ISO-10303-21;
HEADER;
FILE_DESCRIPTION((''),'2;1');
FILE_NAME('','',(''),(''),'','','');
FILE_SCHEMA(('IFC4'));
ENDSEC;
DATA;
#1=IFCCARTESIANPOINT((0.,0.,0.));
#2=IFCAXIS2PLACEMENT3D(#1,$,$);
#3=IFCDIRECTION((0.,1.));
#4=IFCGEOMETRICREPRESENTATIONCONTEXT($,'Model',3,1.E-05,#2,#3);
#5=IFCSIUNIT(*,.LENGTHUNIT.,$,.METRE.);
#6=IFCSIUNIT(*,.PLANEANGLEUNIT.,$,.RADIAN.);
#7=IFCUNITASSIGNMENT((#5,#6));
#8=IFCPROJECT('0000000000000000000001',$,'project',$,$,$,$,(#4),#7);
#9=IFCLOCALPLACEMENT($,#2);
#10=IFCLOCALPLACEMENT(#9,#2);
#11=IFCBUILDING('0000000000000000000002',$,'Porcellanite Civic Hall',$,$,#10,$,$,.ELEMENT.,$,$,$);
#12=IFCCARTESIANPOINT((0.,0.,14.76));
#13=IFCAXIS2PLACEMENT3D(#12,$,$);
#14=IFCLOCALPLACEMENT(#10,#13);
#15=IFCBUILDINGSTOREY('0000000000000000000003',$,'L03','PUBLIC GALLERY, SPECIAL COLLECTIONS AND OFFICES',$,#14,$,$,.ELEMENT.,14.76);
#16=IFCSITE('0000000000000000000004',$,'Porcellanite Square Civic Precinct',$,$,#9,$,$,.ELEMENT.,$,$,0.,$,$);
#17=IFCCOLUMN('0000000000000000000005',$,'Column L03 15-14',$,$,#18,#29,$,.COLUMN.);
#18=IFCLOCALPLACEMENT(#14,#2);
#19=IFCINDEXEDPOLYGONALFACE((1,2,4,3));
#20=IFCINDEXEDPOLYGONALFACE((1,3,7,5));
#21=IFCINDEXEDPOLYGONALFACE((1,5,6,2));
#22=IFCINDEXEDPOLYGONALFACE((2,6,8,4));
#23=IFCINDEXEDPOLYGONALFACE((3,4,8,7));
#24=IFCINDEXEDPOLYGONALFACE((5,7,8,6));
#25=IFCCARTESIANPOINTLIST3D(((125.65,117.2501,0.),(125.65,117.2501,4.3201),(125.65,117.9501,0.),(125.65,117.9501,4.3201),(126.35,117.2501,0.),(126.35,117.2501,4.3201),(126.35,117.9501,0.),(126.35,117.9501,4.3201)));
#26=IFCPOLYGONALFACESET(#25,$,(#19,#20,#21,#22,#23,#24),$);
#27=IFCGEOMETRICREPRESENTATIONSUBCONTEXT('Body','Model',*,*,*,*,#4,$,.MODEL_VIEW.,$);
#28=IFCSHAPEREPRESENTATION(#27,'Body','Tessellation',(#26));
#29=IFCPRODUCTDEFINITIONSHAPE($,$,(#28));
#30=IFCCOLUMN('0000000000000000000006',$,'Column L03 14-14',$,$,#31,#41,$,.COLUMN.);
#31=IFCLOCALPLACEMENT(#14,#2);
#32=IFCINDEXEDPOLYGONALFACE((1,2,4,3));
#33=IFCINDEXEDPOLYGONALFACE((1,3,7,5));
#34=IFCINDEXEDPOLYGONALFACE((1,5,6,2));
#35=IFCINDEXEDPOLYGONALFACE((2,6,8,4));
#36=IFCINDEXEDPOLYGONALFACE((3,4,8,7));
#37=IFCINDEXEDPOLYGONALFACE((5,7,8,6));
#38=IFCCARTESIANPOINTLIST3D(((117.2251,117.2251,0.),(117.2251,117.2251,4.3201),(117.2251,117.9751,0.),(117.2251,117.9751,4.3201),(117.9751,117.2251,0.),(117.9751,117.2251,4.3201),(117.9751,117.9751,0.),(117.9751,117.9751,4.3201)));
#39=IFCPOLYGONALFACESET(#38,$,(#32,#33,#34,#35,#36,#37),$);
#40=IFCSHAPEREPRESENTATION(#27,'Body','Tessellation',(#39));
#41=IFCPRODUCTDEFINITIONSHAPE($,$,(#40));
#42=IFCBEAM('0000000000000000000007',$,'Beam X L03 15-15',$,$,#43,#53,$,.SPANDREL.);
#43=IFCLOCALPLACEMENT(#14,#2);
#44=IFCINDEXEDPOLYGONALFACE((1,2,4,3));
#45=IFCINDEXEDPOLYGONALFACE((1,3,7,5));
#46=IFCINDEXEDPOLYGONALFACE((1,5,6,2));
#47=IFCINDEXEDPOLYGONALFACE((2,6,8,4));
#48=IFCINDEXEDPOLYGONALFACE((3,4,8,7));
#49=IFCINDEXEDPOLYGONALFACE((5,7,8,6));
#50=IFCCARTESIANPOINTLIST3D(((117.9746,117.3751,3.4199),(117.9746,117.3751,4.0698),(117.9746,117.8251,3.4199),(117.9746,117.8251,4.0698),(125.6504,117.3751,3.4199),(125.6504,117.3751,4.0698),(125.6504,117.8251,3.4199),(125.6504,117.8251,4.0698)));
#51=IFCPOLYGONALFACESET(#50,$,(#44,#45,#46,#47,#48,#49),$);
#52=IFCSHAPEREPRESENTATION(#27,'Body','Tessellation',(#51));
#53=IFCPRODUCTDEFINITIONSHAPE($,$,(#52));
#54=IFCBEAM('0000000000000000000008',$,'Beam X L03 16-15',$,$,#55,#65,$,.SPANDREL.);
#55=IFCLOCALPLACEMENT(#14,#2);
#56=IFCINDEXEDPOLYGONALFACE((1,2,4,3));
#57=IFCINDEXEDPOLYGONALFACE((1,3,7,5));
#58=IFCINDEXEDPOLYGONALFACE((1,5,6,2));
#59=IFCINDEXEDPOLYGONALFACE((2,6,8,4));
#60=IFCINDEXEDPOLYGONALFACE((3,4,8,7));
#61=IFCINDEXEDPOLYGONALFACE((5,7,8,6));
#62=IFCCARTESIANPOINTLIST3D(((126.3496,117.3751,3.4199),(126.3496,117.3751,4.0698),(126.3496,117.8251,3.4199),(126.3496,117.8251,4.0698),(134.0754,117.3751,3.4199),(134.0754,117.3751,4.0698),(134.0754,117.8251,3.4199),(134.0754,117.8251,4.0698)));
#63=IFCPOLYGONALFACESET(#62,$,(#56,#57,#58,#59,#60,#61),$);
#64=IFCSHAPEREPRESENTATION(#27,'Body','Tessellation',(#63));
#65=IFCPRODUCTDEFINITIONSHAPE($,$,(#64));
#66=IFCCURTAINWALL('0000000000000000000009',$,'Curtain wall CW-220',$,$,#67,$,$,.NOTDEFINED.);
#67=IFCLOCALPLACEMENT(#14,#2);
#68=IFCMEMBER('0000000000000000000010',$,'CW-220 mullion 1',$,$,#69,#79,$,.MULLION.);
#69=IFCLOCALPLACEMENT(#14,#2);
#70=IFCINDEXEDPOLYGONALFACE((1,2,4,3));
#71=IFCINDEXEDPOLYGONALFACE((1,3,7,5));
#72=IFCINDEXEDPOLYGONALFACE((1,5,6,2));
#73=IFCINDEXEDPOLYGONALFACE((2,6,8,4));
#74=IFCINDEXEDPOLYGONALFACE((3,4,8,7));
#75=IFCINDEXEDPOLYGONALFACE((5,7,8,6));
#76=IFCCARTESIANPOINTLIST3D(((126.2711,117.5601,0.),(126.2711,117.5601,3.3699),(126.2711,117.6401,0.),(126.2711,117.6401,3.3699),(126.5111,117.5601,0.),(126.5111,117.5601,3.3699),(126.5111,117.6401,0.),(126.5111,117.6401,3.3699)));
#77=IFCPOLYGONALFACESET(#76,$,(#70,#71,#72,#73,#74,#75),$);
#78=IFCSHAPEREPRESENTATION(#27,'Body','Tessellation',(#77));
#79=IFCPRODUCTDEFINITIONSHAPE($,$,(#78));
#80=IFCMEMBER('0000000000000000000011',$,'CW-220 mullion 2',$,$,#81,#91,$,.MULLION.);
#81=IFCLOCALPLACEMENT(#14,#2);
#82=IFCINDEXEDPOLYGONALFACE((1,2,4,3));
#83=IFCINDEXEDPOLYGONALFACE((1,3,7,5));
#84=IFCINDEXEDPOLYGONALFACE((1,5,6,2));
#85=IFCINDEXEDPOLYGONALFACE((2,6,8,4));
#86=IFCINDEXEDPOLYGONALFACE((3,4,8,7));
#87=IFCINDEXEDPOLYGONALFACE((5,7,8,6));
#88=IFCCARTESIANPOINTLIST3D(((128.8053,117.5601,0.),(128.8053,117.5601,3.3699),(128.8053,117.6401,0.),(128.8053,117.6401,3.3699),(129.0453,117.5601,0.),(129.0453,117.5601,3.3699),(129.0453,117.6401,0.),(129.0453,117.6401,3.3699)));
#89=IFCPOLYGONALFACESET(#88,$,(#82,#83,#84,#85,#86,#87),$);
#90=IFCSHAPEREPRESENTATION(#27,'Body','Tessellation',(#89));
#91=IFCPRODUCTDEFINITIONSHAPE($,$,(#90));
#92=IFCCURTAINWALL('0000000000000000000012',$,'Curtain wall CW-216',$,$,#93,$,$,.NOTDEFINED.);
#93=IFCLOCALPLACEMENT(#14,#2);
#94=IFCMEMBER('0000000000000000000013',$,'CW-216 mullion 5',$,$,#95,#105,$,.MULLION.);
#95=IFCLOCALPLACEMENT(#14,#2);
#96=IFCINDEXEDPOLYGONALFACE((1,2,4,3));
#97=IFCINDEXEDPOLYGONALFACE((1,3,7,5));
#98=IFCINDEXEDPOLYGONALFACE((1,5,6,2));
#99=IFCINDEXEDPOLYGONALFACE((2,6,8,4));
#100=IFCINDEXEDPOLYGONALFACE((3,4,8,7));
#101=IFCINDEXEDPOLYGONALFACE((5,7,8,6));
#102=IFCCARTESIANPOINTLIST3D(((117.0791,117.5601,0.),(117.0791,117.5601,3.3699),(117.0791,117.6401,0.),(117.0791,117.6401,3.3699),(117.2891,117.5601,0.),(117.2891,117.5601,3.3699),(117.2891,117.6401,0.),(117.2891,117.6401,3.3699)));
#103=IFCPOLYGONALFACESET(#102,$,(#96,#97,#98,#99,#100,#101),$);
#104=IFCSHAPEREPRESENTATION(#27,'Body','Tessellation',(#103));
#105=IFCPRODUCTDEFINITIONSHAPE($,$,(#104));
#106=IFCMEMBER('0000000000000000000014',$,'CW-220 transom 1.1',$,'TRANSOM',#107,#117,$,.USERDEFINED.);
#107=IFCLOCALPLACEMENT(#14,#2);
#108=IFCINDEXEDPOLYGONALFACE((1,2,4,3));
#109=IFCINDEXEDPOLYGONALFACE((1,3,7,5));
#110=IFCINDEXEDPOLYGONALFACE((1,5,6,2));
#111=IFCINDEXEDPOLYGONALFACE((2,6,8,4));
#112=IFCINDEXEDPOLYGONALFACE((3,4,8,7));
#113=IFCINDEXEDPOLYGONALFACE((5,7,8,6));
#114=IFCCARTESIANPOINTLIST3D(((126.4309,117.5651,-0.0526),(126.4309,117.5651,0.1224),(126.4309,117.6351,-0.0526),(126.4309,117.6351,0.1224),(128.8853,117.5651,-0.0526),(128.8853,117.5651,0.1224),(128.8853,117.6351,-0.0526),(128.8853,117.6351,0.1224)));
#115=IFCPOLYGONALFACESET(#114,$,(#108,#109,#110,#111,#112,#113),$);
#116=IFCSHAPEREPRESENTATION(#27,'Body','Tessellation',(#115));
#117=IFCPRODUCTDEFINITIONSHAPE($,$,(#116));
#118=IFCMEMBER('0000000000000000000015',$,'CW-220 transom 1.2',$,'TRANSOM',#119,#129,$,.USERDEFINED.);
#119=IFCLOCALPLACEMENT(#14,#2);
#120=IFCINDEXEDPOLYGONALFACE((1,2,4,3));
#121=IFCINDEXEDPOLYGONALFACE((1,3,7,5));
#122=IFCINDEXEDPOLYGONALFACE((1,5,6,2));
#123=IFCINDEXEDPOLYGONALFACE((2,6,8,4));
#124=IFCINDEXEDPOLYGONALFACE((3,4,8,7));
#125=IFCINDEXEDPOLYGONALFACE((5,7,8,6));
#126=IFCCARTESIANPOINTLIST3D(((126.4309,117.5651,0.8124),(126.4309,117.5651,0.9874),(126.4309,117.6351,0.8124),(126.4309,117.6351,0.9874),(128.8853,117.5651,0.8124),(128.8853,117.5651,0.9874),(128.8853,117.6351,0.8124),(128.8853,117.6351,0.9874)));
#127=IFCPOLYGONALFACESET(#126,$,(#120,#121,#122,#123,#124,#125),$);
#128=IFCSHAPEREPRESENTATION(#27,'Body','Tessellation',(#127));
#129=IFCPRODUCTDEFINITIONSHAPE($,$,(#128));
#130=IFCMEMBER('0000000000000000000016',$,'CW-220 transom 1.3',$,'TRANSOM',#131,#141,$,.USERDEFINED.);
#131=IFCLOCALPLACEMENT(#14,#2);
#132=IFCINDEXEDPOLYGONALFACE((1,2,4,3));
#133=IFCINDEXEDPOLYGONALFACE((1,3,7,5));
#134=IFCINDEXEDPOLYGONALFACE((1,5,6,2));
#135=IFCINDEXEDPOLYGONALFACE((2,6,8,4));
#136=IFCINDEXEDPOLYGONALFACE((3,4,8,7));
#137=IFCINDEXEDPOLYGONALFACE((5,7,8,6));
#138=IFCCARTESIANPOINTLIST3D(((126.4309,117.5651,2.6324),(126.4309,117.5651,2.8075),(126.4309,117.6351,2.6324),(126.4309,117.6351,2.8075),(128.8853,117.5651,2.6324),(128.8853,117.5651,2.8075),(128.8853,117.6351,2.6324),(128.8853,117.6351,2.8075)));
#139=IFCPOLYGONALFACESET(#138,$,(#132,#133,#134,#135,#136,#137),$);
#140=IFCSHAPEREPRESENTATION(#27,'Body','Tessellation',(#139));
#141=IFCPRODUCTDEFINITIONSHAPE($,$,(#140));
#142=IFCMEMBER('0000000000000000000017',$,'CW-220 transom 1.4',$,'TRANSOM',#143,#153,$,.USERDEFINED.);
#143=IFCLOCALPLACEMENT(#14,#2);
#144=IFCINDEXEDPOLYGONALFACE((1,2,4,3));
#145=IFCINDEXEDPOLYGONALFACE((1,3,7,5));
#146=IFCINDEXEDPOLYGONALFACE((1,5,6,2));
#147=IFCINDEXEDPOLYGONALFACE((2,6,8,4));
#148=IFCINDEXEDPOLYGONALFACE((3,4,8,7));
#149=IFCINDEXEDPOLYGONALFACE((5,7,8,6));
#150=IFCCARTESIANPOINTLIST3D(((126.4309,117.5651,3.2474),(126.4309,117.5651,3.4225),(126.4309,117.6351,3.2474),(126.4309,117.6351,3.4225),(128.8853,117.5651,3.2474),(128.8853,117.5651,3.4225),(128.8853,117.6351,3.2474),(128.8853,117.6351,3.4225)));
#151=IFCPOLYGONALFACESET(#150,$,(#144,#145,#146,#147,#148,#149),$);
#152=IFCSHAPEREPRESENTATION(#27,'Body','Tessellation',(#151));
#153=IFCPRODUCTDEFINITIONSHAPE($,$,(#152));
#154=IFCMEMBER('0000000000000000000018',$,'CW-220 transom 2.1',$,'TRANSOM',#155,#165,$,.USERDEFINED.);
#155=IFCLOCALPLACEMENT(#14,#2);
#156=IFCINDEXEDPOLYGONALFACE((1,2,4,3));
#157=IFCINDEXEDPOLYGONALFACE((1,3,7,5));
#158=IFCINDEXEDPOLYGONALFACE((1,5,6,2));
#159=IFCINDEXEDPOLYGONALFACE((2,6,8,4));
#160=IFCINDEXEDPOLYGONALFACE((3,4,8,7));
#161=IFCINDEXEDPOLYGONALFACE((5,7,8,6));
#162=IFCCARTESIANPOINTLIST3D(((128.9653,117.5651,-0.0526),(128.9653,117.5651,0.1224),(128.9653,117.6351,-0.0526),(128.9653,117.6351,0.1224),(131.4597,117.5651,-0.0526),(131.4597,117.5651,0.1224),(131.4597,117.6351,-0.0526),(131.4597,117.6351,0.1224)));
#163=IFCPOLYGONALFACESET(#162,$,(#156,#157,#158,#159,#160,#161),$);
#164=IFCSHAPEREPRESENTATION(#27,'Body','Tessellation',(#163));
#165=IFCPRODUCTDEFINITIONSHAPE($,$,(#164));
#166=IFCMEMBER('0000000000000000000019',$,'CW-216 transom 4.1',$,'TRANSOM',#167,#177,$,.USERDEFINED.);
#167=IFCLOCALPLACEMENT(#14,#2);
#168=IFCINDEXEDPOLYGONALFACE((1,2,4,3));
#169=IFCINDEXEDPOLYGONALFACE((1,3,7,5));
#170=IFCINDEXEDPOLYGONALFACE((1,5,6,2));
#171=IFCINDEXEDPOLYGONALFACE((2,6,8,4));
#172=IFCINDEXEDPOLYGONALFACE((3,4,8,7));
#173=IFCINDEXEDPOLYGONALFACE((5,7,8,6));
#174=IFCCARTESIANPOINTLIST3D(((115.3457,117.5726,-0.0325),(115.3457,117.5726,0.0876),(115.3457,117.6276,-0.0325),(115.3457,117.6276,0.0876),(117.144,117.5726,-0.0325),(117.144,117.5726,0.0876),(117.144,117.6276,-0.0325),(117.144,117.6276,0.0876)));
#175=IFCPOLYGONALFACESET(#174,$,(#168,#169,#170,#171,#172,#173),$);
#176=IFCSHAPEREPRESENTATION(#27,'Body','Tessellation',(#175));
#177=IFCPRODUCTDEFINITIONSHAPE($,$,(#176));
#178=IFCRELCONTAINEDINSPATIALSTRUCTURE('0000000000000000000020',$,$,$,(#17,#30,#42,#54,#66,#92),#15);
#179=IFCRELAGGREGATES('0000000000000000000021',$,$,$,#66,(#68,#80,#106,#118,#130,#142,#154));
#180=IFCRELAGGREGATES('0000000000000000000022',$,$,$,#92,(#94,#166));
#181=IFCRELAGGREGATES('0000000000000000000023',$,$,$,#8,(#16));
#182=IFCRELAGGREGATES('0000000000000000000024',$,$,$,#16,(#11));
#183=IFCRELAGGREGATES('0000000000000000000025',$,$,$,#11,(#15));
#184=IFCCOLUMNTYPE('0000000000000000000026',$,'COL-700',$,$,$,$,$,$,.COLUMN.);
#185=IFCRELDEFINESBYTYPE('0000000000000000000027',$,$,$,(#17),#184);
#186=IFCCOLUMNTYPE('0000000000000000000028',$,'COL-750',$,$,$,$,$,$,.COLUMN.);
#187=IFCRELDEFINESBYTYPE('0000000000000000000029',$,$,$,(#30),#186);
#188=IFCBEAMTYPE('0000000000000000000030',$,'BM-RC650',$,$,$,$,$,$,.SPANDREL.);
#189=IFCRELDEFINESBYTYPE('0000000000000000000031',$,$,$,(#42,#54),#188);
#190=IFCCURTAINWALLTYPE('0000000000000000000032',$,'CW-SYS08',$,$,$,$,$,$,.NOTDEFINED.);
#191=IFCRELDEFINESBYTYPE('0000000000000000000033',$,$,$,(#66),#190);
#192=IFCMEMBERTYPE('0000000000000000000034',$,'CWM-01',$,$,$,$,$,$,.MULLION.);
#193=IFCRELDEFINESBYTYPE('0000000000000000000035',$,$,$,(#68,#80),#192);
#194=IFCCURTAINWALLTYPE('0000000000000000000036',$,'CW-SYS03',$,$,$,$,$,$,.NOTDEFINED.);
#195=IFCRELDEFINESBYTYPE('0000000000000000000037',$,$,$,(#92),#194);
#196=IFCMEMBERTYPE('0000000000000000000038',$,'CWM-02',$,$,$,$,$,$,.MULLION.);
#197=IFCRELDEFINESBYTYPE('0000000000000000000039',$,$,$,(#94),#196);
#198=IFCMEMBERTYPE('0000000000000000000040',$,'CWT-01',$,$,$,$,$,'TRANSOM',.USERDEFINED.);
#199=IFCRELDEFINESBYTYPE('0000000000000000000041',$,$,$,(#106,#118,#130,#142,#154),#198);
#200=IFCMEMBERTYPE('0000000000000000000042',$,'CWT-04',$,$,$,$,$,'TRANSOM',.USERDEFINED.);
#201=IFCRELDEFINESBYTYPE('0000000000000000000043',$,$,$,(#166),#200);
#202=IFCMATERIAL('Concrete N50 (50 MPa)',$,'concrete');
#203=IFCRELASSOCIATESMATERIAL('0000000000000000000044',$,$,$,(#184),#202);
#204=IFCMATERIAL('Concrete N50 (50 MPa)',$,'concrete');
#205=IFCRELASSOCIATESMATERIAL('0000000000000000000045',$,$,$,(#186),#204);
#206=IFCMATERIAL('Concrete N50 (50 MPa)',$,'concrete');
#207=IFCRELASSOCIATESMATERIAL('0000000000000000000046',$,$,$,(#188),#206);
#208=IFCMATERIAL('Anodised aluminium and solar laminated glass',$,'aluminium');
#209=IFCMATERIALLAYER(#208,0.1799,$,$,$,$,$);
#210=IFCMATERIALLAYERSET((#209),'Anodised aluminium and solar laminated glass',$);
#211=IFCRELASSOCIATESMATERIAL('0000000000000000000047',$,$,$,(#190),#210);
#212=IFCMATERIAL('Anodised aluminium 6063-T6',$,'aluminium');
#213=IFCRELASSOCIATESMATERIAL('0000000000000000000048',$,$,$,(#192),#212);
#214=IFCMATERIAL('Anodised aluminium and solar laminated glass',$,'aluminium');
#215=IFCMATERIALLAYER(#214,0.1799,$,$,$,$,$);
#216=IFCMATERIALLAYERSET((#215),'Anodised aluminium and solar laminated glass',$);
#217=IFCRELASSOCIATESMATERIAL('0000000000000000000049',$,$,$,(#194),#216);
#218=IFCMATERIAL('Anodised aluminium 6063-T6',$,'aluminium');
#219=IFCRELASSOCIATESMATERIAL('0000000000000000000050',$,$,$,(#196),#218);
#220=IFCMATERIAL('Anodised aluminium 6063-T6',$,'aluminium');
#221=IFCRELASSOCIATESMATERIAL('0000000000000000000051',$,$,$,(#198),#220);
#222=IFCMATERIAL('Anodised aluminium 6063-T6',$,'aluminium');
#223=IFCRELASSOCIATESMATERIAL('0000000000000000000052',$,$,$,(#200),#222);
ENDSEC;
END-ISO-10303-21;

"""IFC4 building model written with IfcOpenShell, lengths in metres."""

from ifc_helpers import new_model, si_unit, direction, frame, origin, origin_2d, place, context, subcontext, project, spatial, rectangle, extrude, material, layer, layer_set, material_profile, profile_set, type_object, element, aggregate, save


model = new_model("IFC4")

# Units and contexts
model_context = context("Model", 3, precision=1e-05, world=origin(), true_north=direction((0.0, 1.0)))
body_context = subcontext(model_context, "Body", "Model", "MODEL_VIEW")
ifc_project = project(units=[si_unit("LENGTHUNIT", "METRE"), si_unit("PLANEANGLEUNIT", "RADIAN")], contexts=[model_context])

# Site, building, storey
site_placement = place(None, origin())
site = spatial("IfcSite", under=ifc_project, at=site_placement, Name="Porcellanite Square Civic Precinct", CompositionType="ELEMENT", RefElevation=0.0)
building_placement = place(site_placement, origin())
building = spatial("IfcBuilding", under=site, at=building_placement, Name="Porcellanite Civic Hall", CompositionType="ELEMENT")
storey_placement = place(building_placement, frame((0.0, 0.0, 14.76)))
storey = spatial("IfcBuildingStorey", under=building, at=storey_placement, Name="L03", Description="PUBLIC GALLERY, SPECIAL COLLECTIONS AND OFFICES", CompositionType="ELEMENT", Elevation=14.76)

# Columns
ifc_material_1 = material(Name="Concrete N50 (50 MPa)", Category="concrete")
ifc_material_profile_1 = material_profile(ifc_material_1, rectangle(XDim=0.7, YDim=0.7, at=origin_2d()), Name="RC-700x700")
ifc_profile_set_1 = profile_set([ifc_material_profile_1], Name="Concrete N50 (50 MPa)")
column_type_1 = type_object("IfcColumnType", Name="COL-700", PredefinedType="COLUMN", material=ifc_profile_set_1)
column_1_placement = place(storey_placement, frame((126.0, 117.6001, 0.0), z_axis=(0.0, 0.0, 1.0), x_axis=(1.0, 0.0, 0.0)))
element("IfcColumn", 1, at=column_1_placement, inside=storey, type_object=column_type_1, Name="Column L03 15-14", PredefinedType="COLUMN", context=body_context, shape_type="SweptSolid", body=[
    extrude(rectangle(XDim=0.7, YDim=0.7, at=origin_2d()), origin(), (0.0, 0.0, 1.0), 4.3201),
])
ifc_material_2 = material(Name="Concrete N50 (50 MPa)", Category="concrete")
ifc_material_profile_2 = material_profile(ifc_material_2, rectangle(XDim=0.75, YDim=0.75, at=origin_2d()), Name="RC-750x750")
ifc_profile_set_2 = profile_set([ifc_material_profile_2], Name="Concrete N50 (50 MPa)")
column_type_2 = type_object("IfcColumnType", Name="COL-750", PredefinedType="COLUMN", material=ifc_profile_set_2)
column_2_placement = place(storey_placement, frame((117.6001, 117.6001, 0.0), z_axis=(0.0, 0.0, 1.0), x_axis=(1.0, 0.0, 0.0)))
element("IfcColumn", 2, at=column_2_placement, inside=storey, type_object=column_type_2, Name="Column L03 14-14", PredefinedType="COLUMN", context=body_context, shape_type="SweptSolid", body=[
    extrude(rectangle(XDim=0.75, YDim=0.75, at=origin_2d()), origin(), (0.0, 0.0, 1.0), 4.3201),
])

# Beams
ifc_material_3 = material(Name="Concrete N50 (50 MPa)", Category="concrete")
ifc_material_profile_3 = material_profile(ifc_material_3, rectangle(XDim=0.45, YDim=0.6499, at=origin_2d()), Name="RC-450x650")
ifc_profile_set_3 = profile_set([ifc_material_profile_3], Name="Concrete N50 (50 MPa)")
beam_type = type_object("IfcBeamType", Name="BM-RC650", PredefinedType="SPANDREL", material=ifc_profile_set_3)
beam_1_placement = place(storey_placement, frame((117.9746, 117.6001, 3.7449), z_axis=(1.0, 0.0, 0.0), x_axis=(0.0, 1.0, 0.0)))
element("IfcBeam", 3, at=beam_1_placement, inside=storey, type_object=beam_type, Name="Beam X L03 15-15", PredefinedType="SPANDREL", context=body_context, shape_type="SweptSolid", body=[
    extrude(rectangle(XDim=0.45, YDim=0.6499, at=origin_2d()), origin(), (0.0, 0.0, 1.0), 7.6758),
])
beam_2_placement = place(storey_placement, frame((126.3496, 117.6001, 3.7449), z_axis=(1.0, 0.0, 0.0), x_axis=(0.0, 1.0, 0.0)))
element("IfcBeam", 4, at=beam_2_placement, inside=storey, type_object=beam_type, Name="Beam X L03 16-15", PredefinedType="SPANDREL", context=body_context, shape_type="SweptSolid", body=[
    extrude(rectangle(XDim=0.45, YDim=0.6499, at=origin_2d()), origin(), (0.0, 0.0, 1.0), 7.7258),
])

# Curtain wall, members
ifc_material_4 = material(Name="Anodised aluminium and solar laminated glass", Category="aluminium")
ifc_layer_1 = layer(ifc_material_4, 0.1799)
ifc_layer_set_1 = layer_set([ifc_layer_1], Name="Anodised aluminium and solar laminated glass")
curtain_wall_type_1 = type_object("IfcCurtainWallType", Name="CW-SYS08", PredefinedType="NOTDEFINED", material=ifc_layer_set_1)
curtain_wall_1_placement = place(storey_placement, origin())
curtain_wall_1 = element("IfcCurtainWall", 5, at=curtain_wall_1_placement, inside=storey, type_object=curtain_wall_type_1, Name="Curtain wall CW-220", PredefinedType="NOTDEFINED")
ifc_material_5 = material(Name="Anodised aluminium 6063-T6", Category="aluminium")
ifc_material_profile_4 = material_profile(ifc_material_5, rectangle(XDim=0.0801, YDim=0.24, at=origin_2d()), Name="AL-80x240")
ifc_profile_set_4 = profile_set([ifc_material_profile_4], Name="Anodised aluminium 6063-T6")
member_type_1 = type_object("IfcMemberType", Name="CWM-01", PredefinedType="MULLION", material=ifc_profile_set_4)
member_1_placement = place(storey_placement, frame((126.3911, 117.6001, 0.0), z_axis=(0.0, 0.0, 1.0), x_axis=(0.0, 1.0, 0.0)))
member_1 = element("IfcMember", 6, at=member_1_placement, type_object=member_type_1, Name="CW-220 mullion 1", PredefinedType="MULLION", context=body_context, shape_type="SweptSolid", body=[
    extrude(rectangle(XDim=0.0801, YDim=0.24, at=origin_2d()), origin(), (0.0, 0.0, 1.0), 3.3699),
])
member_2_placement = place(storey_placement, frame((128.9253, 117.6001, 0.0), z_axis=(0.0, 0.0, 1.0), x_axis=(0.0, 1.0, 0.0)))
member_2 = element("IfcMember", 7, at=member_2_placement, type_object=member_type_1, Name="CW-220 mullion 2", PredefinedType="MULLION", context=body_context, shape_type="SweptSolid", body=[
    extrude(rectangle(XDim=0.0801, YDim=0.24, at=origin_2d()), origin(), (0.0, 0.0, 1.0), 3.3699),
])

# Curtain wall, member
ifc_material_6 = material(Name="Anodised aluminium and solar laminated glass", Category="aluminium")
ifc_layer_2 = layer(ifc_material_6, 0.1799)
ifc_layer_set_2 = layer_set([ifc_layer_2], Name="Anodised aluminium and solar laminated glass")
curtain_wall_type_2 = type_object("IfcCurtainWallType", Name="CW-SYS03", PredefinedType="NOTDEFINED", material=ifc_layer_set_2)
curtain_wall_2_placement = place(storey_placement, origin())
curtain_wall_2 = element("IfcCurtainWall", 8, at=curtain_wall_2_placement, inside=storey, type_object=curtain_wall_type_2, Name="Curtain wall CW-216", PredefinedType="NOTDEFINED")
ifc_material_7 = material(Name="Anodised aluminium 6063-T6", Category="aluminium")
ifc_material_profile_5 = material_profile(ifc_material_7, rectangle(XDim=0.0801, YDim=0.21, at=origin_2d()), Name="AL-80x210")
ifc_profile_set_5 = profile_set([ifc_material_profile_5], Name="Anodised aluminium 6063-T6")
member_type_2 = type_object("IfcMemberType", Name="CWM-02", PredefinedType="MULLION", material=ifc_profile_set_5)
member_3_placement = place(storey_placement, frame((117.1841, 117.6001, 0.0), z_axis=(0.0, 0.0, 1.0), x_axis=(0.0, 1.0, 0.0)))
member_3 = element("IfcMember", 9, at=member_3_placement, type_object=member_type_2, Name="CW-216 mullion 5", PredefinedType="MULLION", context=body_context, shape_type="SweptSolid", body=[
    extrude(rectangle(XDim=0.0801, YDim=0.21, at=origin_2d()), origin(), (0.0, 0.0, 1.0), 3.3699),
])

# Members
ifc_material_8 = material(Name="Anodised aluminium 6063-T6", Category="aluminium")
ifc_material_profile_6 = material_profile(ifc_material_8, rectangle(XDim=0.0701, YDim=0.175, at=origin_2d()), Name="AL-70x175")
ifc_profile_set_6 = profile_set([ifc_material_profile_6], Name="Anodised aluminium 6063-T6")
member_type_3 = type_object("IfcMemberType", Name="CWT-01", ElementType="TRANSOM", PredefinedType="USERDEFINED", material=ifc_profile_set_6)
member_4_placement = place(storey_placement, frame((126.4309, 117.6001, 0.0349), z_axis=(1.0, 0.0, 0.0), x_axis=(0.0, 1.0, 0.0)))
member_4 = element("IfcMember", 10, at=member_4_placement, type_object=member_type_3, Name="CW-220 transom 1.1", ObjectType="TRANSOM", PredefinedType="USERDEFINED", context=body_context, shape_type="SweptSolid", body=[
    extrude(rectangle(XDim=0.0701, YDim=0.175, at=origin_2d()), origin(), (0.0, 0.0, 1.0), 2.4543),
])
member_5_placement = place(storey_placement, frame((126.4309, 117.6001, 0.8999), z_axis=(1.0, 0.0, 0.0), x_axis=(0.0, 1.0, 0.0)))
member_5 = element("IfcMember", 11, at=member_5_placement, type_object=member_type_3, Name="CW-220 transom 1.2", ObjectType="TRANSOM", PredefinedType="USERDEFINED", context=body_context, shape_type="SweptSolid", body=[
    extrude(rectangle(XDim=0.0701, YDim=0.175, at=origin_2d()), origin(), (0.0, 0.0, 1.0), 2.4543),
])
member_6_placement = place(storey_placement, frame((126.4309, 117.6001, 2.72), z_axis=(1.0, 0.0, 0.0), x_axis=(0.0, 1.0, 0.0)))
member_6 = element("IfcMember", 12, at=member_6_placement, type_object=member_type_3, Name="CW-220 transom 1.3", ObjectType="TRANSOM", PredefinedType="USERDEFINED", context=body_context, shape_type="SweptSolid", body=[
    extrude(rectangle(XDim=0.0701, YDim=0.175, at=origin_2d()), origin(), (0.0, 0.0, 1.0), 2.4543),
])
member_7_placement = place(storey_placement, frame((126.4309, 117.6001, 3.335), z_axis=(1.0, 0.0, 0.0), x_axis=(0.0, 1.0, 0.0)))
member_7 = element("IfcMember", 13, at=member_7_placement, type_object=member_type_3, Name="CW-220 transom 1.4", ObjectType="TRANSOM", PredefinedType="USERDEFINED", context=body_context, shape_type="SweptSolid", body=[
    extrude(rectangle(XDim=0.0701, YDim=0.175, at=origin_2d()), origin(), (0.0, 0.0, 1.0), 2.4543),
])
member_8_placement = place(storey_placement, frame((128.9653, 117.6001, 0.0349), z_axis=(1.0, 0.0, 0.0), x_axis=(0.0, 1.0, 0.0)))
member_8 = element("IfcMember", 14, at=member_8_placement, type_object=member_type_3, Name="CW-220 transom 2.1", ObjectType="TRANSOM", PredefinedType="USERDEFINED", context=body_context, shape_type="SweptSolid", body=[
    extrude(rectangle(XDim=0.0701, YDim=0.175, at=origin_2d()), origin(), (0.0, 0.0, 1.0), 2.4944),
])
ifc_material_9 = material(Name="Anodised aluminium 6063-T6", Category="aluminium")
ifc_material_profile_7 = material_profile(ifc_material_9, rectangle(XDim=0.0549, YDim=0.1201, at=origin_2d()), Name="AL-55x120")
ifc_profile_set_7 = profile_set([ifc_material_profile_7], Name="Anodised aluminium 6063-T6")
member_type_4 = type_object("IfcMemberType", Name="CWT-04", ElementType="TRANSOM", PredefinedType="USERDEFINED", material=ifc_profile_set_7)
member_9_placement = place(storey_placement, frame((115.3457, 117.6001, 0.0276), z_axis=(1.0, 0.0, 0.0), x_axis=(0.0, 1.0, 0.0)))
member_9 = element("IfcMember", 15, at=member_9_placement, type_object=member_type_4, Name="CW-216 transom 4.1", ObjectType="TRANSOM", PredefinedType="USERDEFINED", context=body_context, shape_type="SweptSolid", body=[
    extrude(rectangle(XDim=0.0549, YDim=0.1201, at=origin_2d()), origin(), (0.0, 0.0, 1.0), 1.7983),
])

aggregate(curtain_wall_1, [member_1, member_2, member_4, member_5, member_6, member_7, member_8])
aggregate(curtain_wall_2, [member_3, member_9])

save(model, "model.ifc")
